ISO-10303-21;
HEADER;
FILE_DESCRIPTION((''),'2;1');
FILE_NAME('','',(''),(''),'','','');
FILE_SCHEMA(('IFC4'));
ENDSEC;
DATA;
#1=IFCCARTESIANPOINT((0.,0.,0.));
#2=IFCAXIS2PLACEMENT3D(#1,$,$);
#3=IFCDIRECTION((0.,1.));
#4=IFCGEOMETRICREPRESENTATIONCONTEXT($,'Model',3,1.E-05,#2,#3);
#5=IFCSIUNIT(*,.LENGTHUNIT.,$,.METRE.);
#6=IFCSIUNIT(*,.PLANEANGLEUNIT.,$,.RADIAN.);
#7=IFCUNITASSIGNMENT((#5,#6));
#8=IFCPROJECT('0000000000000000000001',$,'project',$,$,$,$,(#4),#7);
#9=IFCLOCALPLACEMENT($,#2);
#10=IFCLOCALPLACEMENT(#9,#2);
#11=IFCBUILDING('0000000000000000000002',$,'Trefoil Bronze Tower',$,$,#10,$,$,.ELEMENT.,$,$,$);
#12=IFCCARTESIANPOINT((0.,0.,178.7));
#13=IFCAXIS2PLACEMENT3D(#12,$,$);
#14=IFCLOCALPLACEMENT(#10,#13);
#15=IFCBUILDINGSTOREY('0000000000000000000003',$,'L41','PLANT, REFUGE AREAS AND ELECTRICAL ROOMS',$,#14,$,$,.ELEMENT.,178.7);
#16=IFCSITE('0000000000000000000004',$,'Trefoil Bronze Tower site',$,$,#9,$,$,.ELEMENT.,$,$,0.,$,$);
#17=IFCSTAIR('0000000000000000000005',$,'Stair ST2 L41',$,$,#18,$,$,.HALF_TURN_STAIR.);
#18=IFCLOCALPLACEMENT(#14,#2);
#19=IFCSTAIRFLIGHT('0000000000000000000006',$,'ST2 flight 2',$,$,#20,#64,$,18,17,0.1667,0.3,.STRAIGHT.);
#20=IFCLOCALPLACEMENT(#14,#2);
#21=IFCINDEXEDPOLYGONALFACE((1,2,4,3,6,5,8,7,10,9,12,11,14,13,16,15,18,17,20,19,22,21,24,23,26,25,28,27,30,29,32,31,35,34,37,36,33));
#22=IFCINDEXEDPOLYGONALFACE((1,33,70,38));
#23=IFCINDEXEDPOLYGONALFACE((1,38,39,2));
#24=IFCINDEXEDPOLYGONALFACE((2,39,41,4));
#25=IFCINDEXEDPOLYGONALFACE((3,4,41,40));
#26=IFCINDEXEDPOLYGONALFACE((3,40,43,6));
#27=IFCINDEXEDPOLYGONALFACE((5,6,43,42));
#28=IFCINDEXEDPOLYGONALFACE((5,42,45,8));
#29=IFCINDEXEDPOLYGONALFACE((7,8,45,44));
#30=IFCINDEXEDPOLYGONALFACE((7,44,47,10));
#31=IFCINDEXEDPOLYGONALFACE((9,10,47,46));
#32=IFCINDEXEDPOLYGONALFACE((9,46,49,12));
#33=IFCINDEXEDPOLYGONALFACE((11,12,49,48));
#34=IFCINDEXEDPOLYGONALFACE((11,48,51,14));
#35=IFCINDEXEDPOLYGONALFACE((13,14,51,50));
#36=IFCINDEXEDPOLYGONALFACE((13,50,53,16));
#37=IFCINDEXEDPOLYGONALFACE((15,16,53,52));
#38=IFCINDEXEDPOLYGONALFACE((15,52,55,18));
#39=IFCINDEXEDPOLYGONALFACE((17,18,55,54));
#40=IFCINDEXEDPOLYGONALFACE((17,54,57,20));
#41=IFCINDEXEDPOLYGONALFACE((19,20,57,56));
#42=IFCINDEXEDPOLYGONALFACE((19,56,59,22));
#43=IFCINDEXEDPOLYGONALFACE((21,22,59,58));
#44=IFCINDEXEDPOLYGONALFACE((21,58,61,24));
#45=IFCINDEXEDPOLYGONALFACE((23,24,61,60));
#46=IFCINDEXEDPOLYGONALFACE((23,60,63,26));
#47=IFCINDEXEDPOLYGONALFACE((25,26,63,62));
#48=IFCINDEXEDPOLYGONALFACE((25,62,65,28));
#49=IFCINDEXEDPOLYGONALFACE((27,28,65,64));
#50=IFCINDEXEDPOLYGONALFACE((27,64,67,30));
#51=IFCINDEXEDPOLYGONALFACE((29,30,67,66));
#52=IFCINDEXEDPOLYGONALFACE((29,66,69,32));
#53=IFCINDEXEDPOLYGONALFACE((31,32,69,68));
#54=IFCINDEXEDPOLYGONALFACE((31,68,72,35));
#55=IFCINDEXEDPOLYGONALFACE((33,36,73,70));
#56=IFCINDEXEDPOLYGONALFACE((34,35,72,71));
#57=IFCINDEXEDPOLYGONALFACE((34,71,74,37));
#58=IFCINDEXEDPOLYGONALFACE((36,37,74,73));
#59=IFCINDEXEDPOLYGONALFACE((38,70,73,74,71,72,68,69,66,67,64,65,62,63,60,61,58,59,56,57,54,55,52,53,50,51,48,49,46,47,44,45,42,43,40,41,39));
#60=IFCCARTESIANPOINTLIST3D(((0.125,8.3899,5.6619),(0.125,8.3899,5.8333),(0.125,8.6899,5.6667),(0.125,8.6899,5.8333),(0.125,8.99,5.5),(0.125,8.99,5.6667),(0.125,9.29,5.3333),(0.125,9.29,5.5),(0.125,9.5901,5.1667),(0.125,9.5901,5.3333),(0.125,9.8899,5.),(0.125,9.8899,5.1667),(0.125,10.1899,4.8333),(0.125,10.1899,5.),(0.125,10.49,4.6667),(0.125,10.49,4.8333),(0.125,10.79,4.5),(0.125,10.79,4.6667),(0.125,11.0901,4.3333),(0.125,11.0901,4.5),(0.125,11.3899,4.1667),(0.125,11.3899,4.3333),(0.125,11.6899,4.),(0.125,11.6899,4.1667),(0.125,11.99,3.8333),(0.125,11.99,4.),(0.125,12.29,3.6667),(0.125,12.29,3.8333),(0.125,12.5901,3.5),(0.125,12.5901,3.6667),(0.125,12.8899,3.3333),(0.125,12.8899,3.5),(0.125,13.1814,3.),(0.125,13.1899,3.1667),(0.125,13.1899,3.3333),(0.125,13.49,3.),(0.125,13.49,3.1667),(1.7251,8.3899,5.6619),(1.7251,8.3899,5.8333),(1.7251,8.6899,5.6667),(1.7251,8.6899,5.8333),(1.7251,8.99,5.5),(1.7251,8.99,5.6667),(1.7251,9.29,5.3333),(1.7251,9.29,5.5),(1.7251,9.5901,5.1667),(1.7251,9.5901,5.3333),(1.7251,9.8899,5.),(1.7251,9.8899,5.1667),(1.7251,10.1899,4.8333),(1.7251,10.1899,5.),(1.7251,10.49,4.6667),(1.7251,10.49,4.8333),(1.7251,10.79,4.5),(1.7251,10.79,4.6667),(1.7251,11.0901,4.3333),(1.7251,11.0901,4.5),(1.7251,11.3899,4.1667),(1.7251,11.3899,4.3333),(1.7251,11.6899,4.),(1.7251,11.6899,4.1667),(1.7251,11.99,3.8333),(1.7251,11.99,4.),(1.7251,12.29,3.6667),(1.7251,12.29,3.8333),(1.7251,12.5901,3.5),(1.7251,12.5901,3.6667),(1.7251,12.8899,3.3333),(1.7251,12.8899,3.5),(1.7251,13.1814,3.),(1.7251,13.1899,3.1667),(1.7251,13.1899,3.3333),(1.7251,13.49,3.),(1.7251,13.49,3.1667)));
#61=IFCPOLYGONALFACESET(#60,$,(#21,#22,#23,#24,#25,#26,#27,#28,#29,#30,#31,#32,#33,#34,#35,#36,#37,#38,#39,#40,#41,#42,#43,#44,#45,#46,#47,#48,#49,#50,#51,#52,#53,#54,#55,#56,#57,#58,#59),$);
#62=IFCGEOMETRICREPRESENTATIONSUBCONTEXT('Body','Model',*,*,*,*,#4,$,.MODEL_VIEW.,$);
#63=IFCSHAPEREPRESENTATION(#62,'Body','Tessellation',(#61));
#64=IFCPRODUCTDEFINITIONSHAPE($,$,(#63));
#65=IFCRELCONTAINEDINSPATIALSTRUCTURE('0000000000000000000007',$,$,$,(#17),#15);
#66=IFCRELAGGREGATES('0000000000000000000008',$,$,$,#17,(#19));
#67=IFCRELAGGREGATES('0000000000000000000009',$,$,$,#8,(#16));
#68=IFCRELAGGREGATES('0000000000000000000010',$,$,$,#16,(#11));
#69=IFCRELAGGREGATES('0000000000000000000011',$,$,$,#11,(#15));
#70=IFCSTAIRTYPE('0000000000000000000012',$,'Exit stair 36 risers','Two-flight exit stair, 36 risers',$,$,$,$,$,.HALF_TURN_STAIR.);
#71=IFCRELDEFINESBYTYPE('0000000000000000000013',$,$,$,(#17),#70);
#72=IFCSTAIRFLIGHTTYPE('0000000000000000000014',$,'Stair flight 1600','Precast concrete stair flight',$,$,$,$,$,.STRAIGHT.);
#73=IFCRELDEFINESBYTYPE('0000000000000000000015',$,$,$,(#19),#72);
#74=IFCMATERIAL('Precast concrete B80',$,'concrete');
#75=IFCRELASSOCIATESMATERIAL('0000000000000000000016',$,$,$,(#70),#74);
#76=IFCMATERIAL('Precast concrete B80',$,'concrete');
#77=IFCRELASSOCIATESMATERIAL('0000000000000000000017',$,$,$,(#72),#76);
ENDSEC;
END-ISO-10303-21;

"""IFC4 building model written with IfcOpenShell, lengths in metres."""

from ifc_helpers import new_model, si_unit, direction, frame, origin, place, context, subcontext, project, spatial, polyline, outline, extrude, material, type_object, element, aggregate, save


model = new_model("IFC4")

# Units and contexts
model_context = context("Model", 3, precision=1e-05, world=origin(), true_north=direction((0.0, 1.0)))
body_context = subcontext(model_context, "Body", "Model", "MODEL_VIEW")
ifc_project = project(units=[si_unit("LENGTHUNIT", "METRE"), si_unit("PLANEANGLEUNIT", "RADIAN")], contexts=[model_context])

# Site, building, storey
site_placement = place(None, origin())
site = spatial("IfcSite", under=ifc_project, at=site_placement, Name="Trefoil Bronze Tower site", CompositionType="ELEMENT", RefElevation=0.0)
building_placement = place(site_placement, origin())
building = spatial("IfcBuilding", under=site, at=building_placement, Name="Trefoil Bronze Tower", CompositionType="ELEMENT")
storey_placement = place(building_placement, frame((0.0, 0.0, 178.7)))
storey = spatial("IfcBuildingStorey", under=building, at=storey_placement, Name="L41", Description="PLANT, REFUGE AREAS AND ELECTRICAL ROOMS", CompositionType="ELEMENT", Elevation=178.7)

# Stair
ifc_material_1 = material(Name="Precast concrete B80", Category="concrete")
stair_type = type_object("IfcStairType", Name="Exit stair 36 risers", Description="Two-flight exit stair, 36 risers", PredefinedType="HALF_TURN_STAIR", material=ifc_material_1)
stair_1_placement = place(storey_placement, origin())
stair_1 = element("IfcStair", 1, at=stair_1_placement, inside=storey, type_object=stair_type, Name="Stair ST2 L41", PredefinedType="HALF_TURN_STAIR")

# Stair flight
ifc_material_2 = material(Name="Precast concrete B80", Category="concrete")
stair_flight_type = type_object("IfcStairFlightType", Name="Stair flight 1600", Description="Precast concrete stair flight", PredefinedType="STRAIGHT", material=ifc_material_2)
stair_flight_placement = place(storey_placement, frame((0.925, 13.49, 3.0), z_axis=(0.0, 0.0, 1.0), x_axis=(0.0, -1.0, 0.0)))
stair_flight = element("IfcStairFlight", 2, at=stair_flight_placement, type_object=stair_flight_type, Name="ST2 flight 2", NumberOfRisers=18, NumberOfTreads=17, PredefinedType="STRAIGHT", RiserHeight=0.1667, TreadLength=0.3, context=body_context, shape_type="SweptSolid", body=[
    extrude(outline(polyline([(0.0, 0.0), (0.0, 0.1667), (0.3, 0.1667), (0.3, 0.3333), (0.6001, 0.3333), (0.6001, 0.5), (0.8999, 0.5), (0.8999, 0.6667), (1.2, 0.6667), (1.2, 0.8333), (1.5, 0.8333), (1.5, 1.0), (1.8, 1.0), (1.8, 1.1667), (2.1001, 1.1667), (2.1001, 1.3333), (2.3999, 1.3333), (2.3999, 1.5), (2.7, 1.5), (2.7, 1.6667), (3.0, 1.6667), (3.0, 1.8333), (3.3, 1.8333), (3.3, 2.0), (3.6001, 2.0), (3.6001, 2.1667), (3.8999, 2.1667), (3.8999, 2.3333), (4.2, 2.3333), (4.2, 2.5), (4.5, 2.5), (4.5, 2.6667), (4.8, 2.6667), (4.8, 2.8333), (5.1001, 2.8333), (5.1001, 3.0), (5.1001, 2.6619), (0.3086, 0.0), (0.0, 0.0)])), frame((0.0, 0.8, 0.0), z_axis=(0.0, -1.0, 0.0), x_axis=(1.0, 0.0, 0.0)), (0.0, 0.0, 1.0), 1.6001),
])
aggregate(stair_1, [stair_flight])

save(model, "model.ifc")
